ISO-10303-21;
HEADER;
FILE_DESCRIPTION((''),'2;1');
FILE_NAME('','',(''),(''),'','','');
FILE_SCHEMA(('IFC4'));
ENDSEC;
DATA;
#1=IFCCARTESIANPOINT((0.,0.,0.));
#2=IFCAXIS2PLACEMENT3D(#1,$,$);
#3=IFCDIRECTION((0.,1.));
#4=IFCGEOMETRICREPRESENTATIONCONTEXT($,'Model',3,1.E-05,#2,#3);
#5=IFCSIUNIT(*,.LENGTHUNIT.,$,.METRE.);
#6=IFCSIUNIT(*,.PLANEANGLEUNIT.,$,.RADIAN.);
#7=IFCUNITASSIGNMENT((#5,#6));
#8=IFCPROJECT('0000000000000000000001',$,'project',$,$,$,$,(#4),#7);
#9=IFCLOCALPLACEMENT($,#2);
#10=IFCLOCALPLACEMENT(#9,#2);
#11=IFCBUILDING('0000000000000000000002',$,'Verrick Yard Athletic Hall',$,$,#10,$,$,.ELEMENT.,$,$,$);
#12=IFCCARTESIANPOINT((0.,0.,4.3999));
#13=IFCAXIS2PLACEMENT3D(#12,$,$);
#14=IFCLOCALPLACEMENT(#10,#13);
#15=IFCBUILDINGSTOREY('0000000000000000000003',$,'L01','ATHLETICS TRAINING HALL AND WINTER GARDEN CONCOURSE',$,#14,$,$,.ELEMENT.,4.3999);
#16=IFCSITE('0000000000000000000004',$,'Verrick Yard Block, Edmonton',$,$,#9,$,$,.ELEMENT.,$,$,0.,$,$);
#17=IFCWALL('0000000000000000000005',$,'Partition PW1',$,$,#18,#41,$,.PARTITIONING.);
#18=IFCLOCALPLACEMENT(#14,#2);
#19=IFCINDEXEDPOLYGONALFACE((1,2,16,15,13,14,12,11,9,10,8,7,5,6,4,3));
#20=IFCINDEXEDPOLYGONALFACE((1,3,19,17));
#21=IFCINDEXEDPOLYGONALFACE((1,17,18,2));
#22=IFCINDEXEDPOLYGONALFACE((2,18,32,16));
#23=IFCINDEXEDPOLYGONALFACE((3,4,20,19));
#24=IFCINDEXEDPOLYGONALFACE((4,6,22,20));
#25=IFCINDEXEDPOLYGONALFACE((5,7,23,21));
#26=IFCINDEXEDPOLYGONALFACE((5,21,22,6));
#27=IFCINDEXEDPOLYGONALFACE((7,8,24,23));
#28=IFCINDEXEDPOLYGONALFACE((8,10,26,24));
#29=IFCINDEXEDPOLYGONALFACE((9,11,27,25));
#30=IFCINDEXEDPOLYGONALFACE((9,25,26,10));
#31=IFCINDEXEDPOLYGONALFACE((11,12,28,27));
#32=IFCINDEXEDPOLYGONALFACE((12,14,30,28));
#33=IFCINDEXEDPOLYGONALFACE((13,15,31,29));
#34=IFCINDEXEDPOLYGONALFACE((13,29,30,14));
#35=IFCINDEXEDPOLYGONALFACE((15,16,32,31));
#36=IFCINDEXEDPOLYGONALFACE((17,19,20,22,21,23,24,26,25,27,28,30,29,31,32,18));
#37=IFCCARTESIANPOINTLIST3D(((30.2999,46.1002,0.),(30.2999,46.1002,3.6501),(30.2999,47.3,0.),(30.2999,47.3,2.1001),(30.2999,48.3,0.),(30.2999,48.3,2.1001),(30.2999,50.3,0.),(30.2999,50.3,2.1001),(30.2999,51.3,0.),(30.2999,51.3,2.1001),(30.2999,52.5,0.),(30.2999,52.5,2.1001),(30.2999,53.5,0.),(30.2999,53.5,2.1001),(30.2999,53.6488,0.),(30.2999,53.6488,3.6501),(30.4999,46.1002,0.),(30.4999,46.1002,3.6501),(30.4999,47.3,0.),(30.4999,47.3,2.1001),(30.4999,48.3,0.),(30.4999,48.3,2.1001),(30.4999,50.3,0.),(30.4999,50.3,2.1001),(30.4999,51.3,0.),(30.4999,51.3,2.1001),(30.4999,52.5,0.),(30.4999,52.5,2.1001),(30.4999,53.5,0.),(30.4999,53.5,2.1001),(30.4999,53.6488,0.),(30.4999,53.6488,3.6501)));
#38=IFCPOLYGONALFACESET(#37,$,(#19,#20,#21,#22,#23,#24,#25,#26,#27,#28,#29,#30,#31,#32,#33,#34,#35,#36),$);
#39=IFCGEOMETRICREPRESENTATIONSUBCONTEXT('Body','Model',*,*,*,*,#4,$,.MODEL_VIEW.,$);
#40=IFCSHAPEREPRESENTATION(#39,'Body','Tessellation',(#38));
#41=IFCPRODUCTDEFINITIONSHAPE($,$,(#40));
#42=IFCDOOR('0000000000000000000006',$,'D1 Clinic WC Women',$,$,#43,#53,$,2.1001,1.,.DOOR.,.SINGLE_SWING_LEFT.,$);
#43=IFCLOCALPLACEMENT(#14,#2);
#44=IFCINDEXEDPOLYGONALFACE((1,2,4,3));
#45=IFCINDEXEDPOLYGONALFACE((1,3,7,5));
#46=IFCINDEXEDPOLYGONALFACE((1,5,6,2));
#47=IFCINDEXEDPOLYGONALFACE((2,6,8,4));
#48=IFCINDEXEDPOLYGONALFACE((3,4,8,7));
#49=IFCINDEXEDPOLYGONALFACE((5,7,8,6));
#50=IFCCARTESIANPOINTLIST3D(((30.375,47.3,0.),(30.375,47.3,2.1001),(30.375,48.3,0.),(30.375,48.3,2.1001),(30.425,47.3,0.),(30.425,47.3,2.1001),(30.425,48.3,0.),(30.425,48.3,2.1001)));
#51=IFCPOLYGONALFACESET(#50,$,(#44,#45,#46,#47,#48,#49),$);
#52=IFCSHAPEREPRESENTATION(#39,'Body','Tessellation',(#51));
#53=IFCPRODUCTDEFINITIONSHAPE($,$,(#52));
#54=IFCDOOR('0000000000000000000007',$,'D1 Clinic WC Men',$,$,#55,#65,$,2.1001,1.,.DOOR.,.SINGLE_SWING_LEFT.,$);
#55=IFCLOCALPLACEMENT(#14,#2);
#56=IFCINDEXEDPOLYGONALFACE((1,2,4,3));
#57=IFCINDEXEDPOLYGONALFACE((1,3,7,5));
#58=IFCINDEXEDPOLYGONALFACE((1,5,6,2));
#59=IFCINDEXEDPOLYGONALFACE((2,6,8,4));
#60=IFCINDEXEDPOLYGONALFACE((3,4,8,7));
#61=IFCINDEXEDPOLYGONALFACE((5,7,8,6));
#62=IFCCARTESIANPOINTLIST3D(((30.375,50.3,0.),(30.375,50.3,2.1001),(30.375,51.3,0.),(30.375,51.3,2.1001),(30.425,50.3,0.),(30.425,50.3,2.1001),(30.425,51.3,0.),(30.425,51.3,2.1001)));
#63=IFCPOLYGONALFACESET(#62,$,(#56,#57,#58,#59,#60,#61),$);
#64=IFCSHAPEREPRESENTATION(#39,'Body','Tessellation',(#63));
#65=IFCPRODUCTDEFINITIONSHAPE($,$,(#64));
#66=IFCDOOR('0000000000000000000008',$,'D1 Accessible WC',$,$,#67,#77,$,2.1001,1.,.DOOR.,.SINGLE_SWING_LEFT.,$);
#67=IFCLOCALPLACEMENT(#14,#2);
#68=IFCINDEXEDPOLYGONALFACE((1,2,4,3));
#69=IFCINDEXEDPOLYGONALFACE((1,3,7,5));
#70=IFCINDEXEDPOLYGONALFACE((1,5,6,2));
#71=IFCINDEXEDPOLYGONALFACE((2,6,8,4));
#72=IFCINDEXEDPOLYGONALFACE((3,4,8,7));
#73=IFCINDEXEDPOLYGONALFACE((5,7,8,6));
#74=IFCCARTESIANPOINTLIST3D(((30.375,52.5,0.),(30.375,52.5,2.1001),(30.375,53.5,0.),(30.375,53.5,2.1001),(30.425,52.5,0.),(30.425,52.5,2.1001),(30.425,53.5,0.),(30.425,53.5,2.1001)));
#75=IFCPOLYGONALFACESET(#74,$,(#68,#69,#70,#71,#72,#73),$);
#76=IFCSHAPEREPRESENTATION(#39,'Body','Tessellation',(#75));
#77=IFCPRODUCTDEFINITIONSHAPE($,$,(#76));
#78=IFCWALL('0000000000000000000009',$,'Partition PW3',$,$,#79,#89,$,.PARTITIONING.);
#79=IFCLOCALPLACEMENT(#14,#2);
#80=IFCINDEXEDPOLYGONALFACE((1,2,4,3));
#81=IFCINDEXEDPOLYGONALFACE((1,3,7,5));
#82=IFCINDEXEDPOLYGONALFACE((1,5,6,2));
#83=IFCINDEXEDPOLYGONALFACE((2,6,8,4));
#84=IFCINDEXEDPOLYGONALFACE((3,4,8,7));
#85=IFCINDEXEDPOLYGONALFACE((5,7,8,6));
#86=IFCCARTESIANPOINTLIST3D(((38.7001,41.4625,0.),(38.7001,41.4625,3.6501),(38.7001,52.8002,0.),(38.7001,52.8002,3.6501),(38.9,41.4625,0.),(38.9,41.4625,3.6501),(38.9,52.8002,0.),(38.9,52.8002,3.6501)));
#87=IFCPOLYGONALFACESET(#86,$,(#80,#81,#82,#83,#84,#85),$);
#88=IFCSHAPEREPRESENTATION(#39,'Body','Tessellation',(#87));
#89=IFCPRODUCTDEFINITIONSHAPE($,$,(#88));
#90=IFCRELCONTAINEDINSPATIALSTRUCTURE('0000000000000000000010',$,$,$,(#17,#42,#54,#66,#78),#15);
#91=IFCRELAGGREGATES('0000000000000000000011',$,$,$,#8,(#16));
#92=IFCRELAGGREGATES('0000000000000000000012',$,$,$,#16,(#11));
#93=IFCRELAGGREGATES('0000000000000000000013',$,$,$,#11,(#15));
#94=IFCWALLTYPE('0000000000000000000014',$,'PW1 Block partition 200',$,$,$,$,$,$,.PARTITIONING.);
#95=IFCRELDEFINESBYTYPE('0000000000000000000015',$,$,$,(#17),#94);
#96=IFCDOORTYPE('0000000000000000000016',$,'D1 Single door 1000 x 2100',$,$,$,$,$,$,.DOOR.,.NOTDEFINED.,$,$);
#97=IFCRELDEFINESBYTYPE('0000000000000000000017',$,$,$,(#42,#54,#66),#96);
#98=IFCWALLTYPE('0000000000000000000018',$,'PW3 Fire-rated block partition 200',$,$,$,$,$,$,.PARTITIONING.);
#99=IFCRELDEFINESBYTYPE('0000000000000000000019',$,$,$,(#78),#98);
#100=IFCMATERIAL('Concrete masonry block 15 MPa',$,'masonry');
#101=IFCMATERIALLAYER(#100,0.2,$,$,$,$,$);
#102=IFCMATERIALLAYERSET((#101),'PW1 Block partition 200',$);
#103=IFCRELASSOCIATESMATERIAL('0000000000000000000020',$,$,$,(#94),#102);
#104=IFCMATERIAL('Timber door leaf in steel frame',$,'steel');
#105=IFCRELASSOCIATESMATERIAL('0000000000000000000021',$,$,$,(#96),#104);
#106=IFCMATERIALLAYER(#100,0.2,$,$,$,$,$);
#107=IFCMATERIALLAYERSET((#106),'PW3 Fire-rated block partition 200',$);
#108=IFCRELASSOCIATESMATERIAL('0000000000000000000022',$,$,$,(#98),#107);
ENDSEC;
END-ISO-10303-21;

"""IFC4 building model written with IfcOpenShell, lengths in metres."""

from ifc_helpers import new_model, si_unit, direction, frame, frame_2d, origin, place, context, subcontext, project, spatial, rectangle, extrude, material, layer, layer_set, type_object, element, fill, save


model = new_model("IFC4")

# Units and contexts
model_context = context("Model", 3, precision=1e-05, world=origin(), true_north=direction((0.0, 1.0)))
body_context = subcontext(model_context, "Body", "Model", "MODEL_VIEW")
ifc_project = project(units=[si_unit("LENGTHUNIT", "METRE"), si_unit("PLANEANGLEUNIT", "RADIAN")], contexts=[model_context])

# Site, building, storey
site_placement = place(None, origin())
site = spatial("IfcSite", under=ifc_project, at=site_placement, Name="Verrick Yard Block, Edmonton", CompositionType="ELEMENT", RefElevation=0.0)
building_placement = place(site_placement, origin())
building = spatial("IfcBuilding", under=site, at=building_placement, Name="Verrick Yard Athletic Hall", CompositionType="ELEMENT")
storey_placement = place(building_placement, frame((0.0, 0.0, 4.3999)))
storey = spatial("IfcBuildingStorey", under=building, at=storey_placement, Name="L01", Description="ATHLETICS TRAINING HALL AND WINTER GARDEN CONCOURSE", CompositionType="ELEMENT", Elevation=4.3999)

# Wall, openings, doors
ifc_material_1 = material(Name="Concrete masonry block 15 MPa", Category="masonry")
ifc_layer_1 = layer(ifc_material_1, 0.2)
ifc_layer_set_1 = layer_set([ifc_layer_1], Name="PW1 Block partition 200")
wall_type_1 = type_object("IfcWallType", Name="PW1 Block partition 200", PredefinedType="PARTITIONING", material=ifc_layer_set_1)
wall_1_placement = place(storey_placement, frame((30.3999, 46.1001, 0.0), z_axis=(0.0, 0.0, 1.0), x_axis=(0.0, 1.0, 0.0)))
wall_1 = element("IfcWall", 1, at=wall_1_placement, inside=storey, type_object=wall_type_1, Name="Partition PW1", PredefinedType="PARTITIONING", context=body_context, shape_type="SweptSolid", body=[
    extrude(rectangle(XDim=7.5486, YDim=0.2, at=frame_2d((3.7744, 0.0))), origin(), (0.0, 0.0, 1.0), 3.6501),
])
opening_1_placement = place(wall_1_placement, frame((1.2, 0.0, 0.0)))
opening_1 = element("IfcOpeningElement", 2, at=opening_1_placement, cuts=wall_1, PredefinedType="OPENING", context=body_context, shape_type="SweptSolid", body=[
    extrude(rectangle(XDim=1.0, YDim=2.1001, at=frame_2d((0.5, 1.05))), frame((0.0, 0.1099, 0.0), z_axis=(0.0, -1.0, 0.0), x_axis=(1.0, 0.0, 0.0)), (0.0, 0.0, 1.0), 0.22),
])
opening_2_placement = place(wall_1_placement, frame((4.2, 0.0, 0.0)))
opening_2 = element("IfcOpeningElement", 3, at=opening_2_placement, cuts=wall_1, PredefinedType="OPENING", context=body_context, shape_type="SweptSolid", body=[
    extrude(rectangle(XDim=1.0, YDim=2.1001, at=frame_2d((0.5, 1.05))), frame((0.0, 0.1099, 0.0), z_axis=(0.0, -1.0, 0.0), x_axis=(1.0, 0.0, 0.0)), (0.0, 0.0, 1.0), 0.22),
])
opening_3_placement = place(wall_1_placement, frame((6.3999, 0.0, 0.0)))
opening_3 = element("IfcOpeningElement", 4, at=opening_3_placement, cuts=wall_1, PredefinedType="OPENING", context=body_context, shape_type="SweptSolid", body=[
    extrude(rectangle(XDim=1.0, YDim=2.1001, at=frame_2d((0.5, 1.05))), frame((0.0, 0.1099, 0.0), z_axis=(0.0, -1.0, 0.0), x_axis=(1.0, 0.0, 0.0)), (0.0, 0.0, 1.0), 0.22),
])
ifc_material_2 = material(Name="Timber door leaf in steel frame", Category="steel")
door_type = type_object("IfcDoorType", Name="D1 Single door 1000 x 2100", OperationType="NOTDEFINED", PredefinedType="DOOR", material=ifc_material_2)
door_1_placement = place(opening_1_placement, origin())
door_1 = element("IfcDoor", 5, at=door_1_placement, inside=storey, type_object=door_type, Name="D1 Clinic WC Women", OperationType="SINGLE_SWING_LEFT", OverallHeight=2.1001, OverallWidth=1.0, PredefinedType="DOOR", context=body_context, shape_type="SweptSolid", body=[
    extrude(rectangle(XDim=1.0, YDim=2.1001, at=frame_2d((0.5, 1.05))), frame((0.0, 0.0249, 0.0), z_axis=(0.0, -1.0, 0.0), x_axis=(1.0, 0.0, 0.0)), (0.0, 0.0, 1.0), 0.05),
])
fill(opening_1, door_1)
door_2_placement = place(opening_2_placement, origin())
door_2 = element("IfcDoor", 6, at=door_2_placement, inside=storey, type_object=door_type, Name="D1 Clinic WC Men", OperationType="SINGLE_SWING_LEFT", OverallHeight=2.1001, OverallWidth=1.0, PredefinedType="DOOR", context=body_context, shape_type="SweptSolid", body=[
    extrude(rectangle(XDim=1.0, YDim=2.1001, at=frame_2d((0.5, 1.05))), frame((0.0, 0.0249, 0.0), z_axis=(0.0, -1.0, 0.0), x_axis=(1.0, 0.0, 0.0)), (0.0, 0.0, 1.0), 0.05),
])
fill(opening_2, door_2)
door_3_placement = place(opening_3_placement, origin())
door_3 = element("IfcDoor", 7, at=door_3_placement, inside=storey, type_object=door_type, Name="D1 Accessible WC", OperationType="SINGLE_SWING_LEFT", OverallHeight=2.1001, OverallWidth=1.0, PredefinedType="DOOR", context=body_context, shape_type="SweptSolid", body=[
    extrude(rectangle(XDim=1.0, YDim=2.1001, at=frame_2d((0.5, 1.05))), frame((0.0, 0.0249, 0.0), z_axis=(0.0, -1.0, 0.0), x_axis=(1.0, 0.0, 0.0)), (0.0, 0.0, 1.0), 0.05),
])
fill(opening_3, door_3)

# Wall
ifc_layer_2 = layer(ifc_material_1, 0.2)
ifc_layer_set_2 = layer_set([ifc_layer_2], Name="PW3 Fire-rated block partition 200")
wall_type_2 = type_object("IfcWallType", Name="PW3 Fire-rated block partition 200", PredefinedType="PARTITIONING", material=ifc_layer_set_2)
wall_2_placement = place(storey_placement, frame((38.8, 41.4624, 0.0), z_axis=(0.0, 0.0, 1.0), x_axis=(0.0, 1.0, 0.0)))
element("IfcWall", 8, at=wall_2_placement, inside=storey, type_object=wall_type_2, Name="Partition PW3", PredefinedType="PARTITIONING", context=body_context, shape_type="SweptSolid", body=[
    extrude(rectangle(XDim=11.3376, YDim=0.2, at=frame_2d((5.6689, 0.0))), origin(), (0.0, 0.0, 1.0), 3.6501),
])

save(model, "model.ifc")
